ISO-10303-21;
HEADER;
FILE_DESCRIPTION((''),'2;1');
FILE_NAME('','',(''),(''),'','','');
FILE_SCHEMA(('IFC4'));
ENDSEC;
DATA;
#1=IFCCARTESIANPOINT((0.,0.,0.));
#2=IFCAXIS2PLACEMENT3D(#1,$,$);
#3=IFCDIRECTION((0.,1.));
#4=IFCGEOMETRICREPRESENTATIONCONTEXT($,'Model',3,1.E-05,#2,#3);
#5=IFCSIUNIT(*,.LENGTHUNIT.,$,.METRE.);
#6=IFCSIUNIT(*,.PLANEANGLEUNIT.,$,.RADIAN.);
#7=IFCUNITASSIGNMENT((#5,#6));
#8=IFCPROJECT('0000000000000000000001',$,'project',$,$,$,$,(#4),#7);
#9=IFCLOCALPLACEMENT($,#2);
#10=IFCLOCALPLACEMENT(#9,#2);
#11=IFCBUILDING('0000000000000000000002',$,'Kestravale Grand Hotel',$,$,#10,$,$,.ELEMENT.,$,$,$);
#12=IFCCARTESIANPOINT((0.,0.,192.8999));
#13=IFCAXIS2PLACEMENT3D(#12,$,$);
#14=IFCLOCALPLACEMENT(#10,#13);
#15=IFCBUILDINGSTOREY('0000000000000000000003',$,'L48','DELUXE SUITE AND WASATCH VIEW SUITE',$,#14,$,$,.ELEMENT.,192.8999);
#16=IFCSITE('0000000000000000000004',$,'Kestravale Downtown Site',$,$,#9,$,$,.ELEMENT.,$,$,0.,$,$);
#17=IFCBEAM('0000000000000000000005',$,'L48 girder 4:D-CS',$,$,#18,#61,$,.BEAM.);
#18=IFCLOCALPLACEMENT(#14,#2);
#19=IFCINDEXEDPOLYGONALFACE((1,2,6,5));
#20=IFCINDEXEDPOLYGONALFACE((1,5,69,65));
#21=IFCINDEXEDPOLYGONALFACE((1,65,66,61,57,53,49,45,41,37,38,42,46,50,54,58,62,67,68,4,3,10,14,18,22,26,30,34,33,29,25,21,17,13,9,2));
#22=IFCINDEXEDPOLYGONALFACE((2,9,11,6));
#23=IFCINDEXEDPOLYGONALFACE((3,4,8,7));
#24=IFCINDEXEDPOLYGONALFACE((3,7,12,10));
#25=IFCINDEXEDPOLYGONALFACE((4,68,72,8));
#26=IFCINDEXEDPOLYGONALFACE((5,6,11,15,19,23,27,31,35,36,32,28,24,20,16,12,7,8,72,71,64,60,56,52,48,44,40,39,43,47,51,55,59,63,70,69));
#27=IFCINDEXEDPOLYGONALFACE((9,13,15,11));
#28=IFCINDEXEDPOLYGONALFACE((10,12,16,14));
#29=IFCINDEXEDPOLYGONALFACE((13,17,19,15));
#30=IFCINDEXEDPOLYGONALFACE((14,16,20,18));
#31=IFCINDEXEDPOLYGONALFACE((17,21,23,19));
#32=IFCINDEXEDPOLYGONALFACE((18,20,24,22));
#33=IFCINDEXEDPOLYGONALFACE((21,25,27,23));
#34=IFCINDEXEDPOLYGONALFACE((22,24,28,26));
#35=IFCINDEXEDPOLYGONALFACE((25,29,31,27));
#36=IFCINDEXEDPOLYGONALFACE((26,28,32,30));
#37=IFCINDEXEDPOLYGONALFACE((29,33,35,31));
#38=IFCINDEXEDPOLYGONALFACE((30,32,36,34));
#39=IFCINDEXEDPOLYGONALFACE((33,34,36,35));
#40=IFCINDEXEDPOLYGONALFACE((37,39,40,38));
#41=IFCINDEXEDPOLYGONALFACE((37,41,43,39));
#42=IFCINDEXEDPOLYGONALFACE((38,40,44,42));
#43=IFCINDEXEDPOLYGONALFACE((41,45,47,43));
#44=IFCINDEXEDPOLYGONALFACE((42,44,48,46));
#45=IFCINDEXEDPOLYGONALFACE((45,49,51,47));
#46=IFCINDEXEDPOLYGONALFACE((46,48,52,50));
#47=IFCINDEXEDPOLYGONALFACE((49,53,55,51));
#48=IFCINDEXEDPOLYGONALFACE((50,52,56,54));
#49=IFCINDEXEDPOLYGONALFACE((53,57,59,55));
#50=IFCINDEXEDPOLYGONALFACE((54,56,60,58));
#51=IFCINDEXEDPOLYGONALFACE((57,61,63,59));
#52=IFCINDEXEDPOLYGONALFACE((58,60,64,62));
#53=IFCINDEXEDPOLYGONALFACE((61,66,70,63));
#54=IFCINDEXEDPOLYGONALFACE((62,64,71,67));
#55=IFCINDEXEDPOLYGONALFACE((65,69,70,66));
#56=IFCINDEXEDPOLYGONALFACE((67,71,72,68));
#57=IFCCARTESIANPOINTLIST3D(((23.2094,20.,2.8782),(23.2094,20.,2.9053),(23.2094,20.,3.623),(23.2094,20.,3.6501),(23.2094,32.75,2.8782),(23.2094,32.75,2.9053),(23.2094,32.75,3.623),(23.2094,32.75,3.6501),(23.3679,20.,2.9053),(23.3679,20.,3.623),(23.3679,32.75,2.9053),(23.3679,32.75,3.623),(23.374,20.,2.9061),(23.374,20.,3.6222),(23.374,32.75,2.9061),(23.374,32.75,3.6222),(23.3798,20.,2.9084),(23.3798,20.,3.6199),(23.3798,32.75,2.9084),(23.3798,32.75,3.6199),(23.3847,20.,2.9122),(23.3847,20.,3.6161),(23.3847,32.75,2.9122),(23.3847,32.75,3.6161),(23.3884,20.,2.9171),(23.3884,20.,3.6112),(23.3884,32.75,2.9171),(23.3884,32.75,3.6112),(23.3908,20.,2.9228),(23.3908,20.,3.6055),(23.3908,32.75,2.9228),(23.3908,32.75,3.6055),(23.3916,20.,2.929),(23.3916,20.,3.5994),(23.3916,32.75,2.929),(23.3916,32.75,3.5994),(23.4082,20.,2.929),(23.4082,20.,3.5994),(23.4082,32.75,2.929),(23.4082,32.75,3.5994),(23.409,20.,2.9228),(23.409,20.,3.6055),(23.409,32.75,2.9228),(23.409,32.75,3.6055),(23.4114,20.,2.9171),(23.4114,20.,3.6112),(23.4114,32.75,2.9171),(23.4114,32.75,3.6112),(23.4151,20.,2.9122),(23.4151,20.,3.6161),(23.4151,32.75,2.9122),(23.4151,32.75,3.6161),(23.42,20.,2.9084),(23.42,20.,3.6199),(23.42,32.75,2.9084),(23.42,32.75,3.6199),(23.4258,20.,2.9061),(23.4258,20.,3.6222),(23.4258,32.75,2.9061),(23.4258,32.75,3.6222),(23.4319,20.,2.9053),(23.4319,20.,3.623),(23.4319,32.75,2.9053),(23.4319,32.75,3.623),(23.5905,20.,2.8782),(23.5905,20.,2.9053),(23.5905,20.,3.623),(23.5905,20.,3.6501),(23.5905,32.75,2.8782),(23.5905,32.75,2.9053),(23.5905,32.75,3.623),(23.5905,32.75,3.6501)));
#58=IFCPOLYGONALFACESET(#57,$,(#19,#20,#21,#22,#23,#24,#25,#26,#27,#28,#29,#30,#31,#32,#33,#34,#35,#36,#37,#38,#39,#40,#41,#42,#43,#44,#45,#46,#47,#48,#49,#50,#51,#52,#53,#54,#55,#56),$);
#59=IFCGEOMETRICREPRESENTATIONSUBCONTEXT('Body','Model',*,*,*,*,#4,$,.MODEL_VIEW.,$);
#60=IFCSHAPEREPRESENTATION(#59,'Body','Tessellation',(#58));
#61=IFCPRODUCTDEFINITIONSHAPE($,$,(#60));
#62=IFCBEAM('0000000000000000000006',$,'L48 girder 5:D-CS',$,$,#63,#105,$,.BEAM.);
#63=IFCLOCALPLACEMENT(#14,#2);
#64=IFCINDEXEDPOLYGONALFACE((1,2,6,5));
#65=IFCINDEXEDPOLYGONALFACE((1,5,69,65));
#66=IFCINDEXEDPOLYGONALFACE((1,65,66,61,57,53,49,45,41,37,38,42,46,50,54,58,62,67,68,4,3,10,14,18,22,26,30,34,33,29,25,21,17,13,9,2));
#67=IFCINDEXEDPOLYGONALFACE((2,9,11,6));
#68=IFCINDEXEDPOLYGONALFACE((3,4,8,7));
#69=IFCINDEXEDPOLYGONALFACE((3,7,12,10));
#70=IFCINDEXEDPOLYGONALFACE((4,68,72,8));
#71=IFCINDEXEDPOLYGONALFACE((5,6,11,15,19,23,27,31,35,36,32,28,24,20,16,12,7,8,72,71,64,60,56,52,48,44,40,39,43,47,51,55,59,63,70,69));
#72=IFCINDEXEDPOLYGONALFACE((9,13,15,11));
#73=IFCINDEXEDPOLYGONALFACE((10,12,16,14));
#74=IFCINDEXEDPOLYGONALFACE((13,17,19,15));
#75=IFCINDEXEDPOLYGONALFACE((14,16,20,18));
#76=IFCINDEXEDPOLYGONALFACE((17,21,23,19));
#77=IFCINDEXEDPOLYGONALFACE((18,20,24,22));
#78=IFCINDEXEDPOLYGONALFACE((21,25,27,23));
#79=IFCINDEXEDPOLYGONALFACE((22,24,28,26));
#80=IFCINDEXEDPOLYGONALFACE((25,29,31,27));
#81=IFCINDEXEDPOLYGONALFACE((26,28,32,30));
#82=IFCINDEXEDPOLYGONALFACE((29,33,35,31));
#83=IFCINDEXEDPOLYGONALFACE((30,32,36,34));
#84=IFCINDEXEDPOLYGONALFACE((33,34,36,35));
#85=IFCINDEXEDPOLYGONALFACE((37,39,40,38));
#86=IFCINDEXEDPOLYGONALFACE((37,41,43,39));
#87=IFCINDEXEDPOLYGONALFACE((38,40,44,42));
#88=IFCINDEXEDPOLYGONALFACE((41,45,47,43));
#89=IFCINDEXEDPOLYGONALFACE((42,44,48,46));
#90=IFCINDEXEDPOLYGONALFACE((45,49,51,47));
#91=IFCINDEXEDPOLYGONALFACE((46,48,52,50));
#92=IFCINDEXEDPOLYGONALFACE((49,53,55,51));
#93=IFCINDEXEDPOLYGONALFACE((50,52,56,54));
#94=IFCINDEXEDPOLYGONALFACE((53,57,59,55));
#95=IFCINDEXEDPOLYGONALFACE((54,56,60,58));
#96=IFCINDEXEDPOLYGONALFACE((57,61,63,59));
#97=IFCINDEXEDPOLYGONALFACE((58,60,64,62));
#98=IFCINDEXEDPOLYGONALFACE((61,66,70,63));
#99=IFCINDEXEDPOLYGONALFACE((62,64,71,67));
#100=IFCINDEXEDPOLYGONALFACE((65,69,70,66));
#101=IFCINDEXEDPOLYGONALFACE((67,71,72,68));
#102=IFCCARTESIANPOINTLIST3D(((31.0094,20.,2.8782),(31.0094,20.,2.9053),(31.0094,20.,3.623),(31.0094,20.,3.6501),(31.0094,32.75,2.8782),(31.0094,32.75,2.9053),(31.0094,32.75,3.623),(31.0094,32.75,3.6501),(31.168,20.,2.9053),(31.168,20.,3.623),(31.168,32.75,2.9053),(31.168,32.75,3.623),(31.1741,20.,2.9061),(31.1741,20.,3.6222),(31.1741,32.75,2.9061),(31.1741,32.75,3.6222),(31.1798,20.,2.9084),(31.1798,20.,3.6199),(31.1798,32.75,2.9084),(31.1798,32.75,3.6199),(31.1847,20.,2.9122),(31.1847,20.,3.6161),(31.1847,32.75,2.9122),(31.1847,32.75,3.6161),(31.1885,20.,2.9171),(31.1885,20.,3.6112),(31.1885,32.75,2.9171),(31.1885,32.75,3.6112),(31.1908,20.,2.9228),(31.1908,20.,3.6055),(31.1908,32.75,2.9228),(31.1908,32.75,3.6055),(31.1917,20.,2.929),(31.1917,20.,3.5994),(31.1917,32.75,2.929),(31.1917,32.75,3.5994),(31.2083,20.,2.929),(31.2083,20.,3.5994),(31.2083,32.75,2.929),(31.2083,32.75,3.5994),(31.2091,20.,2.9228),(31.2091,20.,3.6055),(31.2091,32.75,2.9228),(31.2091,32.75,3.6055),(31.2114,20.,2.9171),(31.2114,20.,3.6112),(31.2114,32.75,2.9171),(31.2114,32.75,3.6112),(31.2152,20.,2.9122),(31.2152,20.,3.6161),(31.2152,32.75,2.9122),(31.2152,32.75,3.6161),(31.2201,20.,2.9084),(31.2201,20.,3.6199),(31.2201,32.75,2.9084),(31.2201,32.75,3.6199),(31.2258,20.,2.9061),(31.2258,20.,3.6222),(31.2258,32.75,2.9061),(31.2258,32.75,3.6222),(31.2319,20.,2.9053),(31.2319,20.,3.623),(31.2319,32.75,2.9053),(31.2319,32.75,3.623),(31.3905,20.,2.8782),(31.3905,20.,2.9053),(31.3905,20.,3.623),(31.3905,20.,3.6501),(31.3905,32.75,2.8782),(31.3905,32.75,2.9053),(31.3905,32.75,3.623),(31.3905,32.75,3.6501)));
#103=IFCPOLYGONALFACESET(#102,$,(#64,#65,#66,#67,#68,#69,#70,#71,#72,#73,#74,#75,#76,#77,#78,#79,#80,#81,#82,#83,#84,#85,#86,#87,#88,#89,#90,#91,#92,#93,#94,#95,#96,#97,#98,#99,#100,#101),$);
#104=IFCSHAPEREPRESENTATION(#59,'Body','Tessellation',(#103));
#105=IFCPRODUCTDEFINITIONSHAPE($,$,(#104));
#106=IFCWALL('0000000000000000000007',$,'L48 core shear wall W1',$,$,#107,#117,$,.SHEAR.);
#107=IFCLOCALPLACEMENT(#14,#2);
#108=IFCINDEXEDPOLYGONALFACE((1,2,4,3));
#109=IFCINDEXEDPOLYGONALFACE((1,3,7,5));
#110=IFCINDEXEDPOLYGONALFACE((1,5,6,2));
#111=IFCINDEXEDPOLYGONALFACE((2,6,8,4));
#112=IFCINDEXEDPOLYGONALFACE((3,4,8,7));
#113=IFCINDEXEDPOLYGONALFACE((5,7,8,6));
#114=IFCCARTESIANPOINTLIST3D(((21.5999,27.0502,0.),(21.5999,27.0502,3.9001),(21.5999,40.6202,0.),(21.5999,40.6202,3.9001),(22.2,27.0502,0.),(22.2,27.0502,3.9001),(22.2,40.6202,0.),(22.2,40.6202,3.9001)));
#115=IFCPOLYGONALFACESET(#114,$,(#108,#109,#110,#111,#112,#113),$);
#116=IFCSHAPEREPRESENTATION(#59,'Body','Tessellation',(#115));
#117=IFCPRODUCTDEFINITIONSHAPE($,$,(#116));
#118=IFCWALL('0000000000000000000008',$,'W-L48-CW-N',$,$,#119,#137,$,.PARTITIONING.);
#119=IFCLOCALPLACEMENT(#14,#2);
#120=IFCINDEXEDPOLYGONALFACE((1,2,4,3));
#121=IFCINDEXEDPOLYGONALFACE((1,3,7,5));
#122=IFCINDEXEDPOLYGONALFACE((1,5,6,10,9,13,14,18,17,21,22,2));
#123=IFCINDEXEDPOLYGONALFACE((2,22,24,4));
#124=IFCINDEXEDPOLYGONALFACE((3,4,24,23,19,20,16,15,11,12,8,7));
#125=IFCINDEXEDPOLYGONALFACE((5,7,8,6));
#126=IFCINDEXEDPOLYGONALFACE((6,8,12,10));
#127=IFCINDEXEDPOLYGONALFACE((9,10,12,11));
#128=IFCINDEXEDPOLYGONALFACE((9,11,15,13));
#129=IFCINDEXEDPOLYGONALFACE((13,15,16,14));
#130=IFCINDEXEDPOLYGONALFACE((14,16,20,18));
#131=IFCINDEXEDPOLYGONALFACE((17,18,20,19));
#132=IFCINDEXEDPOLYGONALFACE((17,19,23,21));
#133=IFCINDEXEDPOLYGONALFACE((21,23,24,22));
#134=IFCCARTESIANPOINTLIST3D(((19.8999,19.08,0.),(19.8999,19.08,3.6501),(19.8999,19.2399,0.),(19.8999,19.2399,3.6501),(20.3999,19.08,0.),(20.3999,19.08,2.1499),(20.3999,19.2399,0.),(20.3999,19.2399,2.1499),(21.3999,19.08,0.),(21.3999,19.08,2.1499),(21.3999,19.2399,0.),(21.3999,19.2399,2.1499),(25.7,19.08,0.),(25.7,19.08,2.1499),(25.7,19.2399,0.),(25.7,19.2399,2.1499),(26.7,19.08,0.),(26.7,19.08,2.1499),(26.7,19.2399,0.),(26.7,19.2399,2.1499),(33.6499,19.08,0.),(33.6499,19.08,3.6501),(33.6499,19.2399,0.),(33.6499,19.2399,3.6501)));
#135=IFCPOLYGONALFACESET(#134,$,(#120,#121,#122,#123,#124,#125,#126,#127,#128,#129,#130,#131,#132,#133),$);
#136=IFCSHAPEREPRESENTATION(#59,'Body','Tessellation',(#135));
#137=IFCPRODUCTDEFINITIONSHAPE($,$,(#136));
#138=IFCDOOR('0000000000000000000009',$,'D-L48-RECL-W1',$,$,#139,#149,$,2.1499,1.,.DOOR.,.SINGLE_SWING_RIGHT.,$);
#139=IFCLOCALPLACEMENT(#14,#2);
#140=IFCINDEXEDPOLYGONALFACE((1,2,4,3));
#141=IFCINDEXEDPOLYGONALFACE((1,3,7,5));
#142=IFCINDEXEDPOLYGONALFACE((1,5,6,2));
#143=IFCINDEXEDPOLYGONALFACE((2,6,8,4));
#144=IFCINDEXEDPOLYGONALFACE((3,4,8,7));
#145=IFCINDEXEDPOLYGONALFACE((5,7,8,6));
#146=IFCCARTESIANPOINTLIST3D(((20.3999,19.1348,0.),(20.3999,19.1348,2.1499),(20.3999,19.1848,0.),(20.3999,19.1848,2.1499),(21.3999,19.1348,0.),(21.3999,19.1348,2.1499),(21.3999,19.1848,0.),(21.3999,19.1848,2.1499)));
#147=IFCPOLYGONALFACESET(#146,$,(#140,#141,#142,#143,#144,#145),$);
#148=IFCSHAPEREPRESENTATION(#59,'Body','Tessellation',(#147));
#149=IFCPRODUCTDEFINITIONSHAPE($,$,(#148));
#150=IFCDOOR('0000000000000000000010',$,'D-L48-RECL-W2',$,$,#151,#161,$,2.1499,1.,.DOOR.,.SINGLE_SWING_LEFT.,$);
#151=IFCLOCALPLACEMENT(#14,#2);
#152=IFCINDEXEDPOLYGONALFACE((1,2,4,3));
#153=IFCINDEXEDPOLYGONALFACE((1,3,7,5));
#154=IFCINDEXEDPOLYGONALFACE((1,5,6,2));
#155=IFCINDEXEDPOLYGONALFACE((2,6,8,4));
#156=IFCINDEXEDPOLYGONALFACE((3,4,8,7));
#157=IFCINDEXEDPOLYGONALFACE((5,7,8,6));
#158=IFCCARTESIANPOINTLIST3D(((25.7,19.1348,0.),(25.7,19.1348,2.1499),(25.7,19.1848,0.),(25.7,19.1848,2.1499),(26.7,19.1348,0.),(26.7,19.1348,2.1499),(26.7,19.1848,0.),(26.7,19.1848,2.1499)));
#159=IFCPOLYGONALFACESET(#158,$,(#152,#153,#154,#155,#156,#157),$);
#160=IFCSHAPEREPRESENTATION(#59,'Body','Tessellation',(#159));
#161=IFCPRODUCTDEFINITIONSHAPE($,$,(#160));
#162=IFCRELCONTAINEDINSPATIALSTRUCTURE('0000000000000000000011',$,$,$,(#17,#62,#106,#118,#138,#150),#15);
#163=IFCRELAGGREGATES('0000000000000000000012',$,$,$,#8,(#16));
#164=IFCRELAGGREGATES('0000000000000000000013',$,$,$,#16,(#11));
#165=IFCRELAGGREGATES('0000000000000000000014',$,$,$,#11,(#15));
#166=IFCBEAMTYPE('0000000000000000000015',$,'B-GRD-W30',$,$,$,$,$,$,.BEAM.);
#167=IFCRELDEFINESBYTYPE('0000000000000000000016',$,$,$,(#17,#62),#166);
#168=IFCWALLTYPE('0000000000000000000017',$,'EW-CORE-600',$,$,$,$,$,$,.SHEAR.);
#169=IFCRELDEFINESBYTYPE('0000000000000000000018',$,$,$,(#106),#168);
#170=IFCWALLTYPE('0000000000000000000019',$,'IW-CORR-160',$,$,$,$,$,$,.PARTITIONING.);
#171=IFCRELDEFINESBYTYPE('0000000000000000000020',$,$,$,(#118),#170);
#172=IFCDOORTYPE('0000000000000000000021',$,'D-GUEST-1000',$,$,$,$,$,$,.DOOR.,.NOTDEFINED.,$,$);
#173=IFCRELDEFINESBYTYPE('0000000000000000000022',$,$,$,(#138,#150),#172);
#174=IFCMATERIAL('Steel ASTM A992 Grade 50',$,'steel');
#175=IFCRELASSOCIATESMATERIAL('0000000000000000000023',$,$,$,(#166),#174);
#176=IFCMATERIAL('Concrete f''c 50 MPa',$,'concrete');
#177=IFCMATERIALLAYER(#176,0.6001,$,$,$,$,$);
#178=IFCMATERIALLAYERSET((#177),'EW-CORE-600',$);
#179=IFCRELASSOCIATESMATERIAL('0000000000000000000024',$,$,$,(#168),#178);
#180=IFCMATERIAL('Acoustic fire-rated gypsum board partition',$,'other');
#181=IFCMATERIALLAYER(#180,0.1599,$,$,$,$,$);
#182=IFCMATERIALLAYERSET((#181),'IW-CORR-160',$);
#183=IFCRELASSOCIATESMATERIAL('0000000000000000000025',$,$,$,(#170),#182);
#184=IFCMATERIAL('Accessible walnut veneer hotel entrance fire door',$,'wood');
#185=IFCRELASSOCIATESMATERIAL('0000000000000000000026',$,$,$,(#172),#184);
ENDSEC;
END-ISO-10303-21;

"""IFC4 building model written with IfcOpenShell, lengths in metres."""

from ifc_helpers import new_model, si_unit, direction, frame, frame_2d, origin, origin_2d, place, context, subcontext, project, spatial, rectangle, i_section, extrude, material, layer, layer_set, material_profile, profile_set, type_object, element, fill, save


model = new_model("IFC4")

# Units and contexts
model_context = context("Model", 3, precision=1e-05, world=origin(), true_north=direction((0.0, 1.0)))
body_context = subcontext(model_context, "Body", "Model", "MODEL_VIEW")
ifc_project = project(units=[si_unit("LENGTHUNIT", "METRE"), si_unit("PLANEANGLEUNIT", "RADIAN")], contexts=[model_context])

# Site, building, storey
site_placement = place(None, origin())
site = spatial("IfcSite", under=ifc_project, at=site_placement, Name="Kestravale Downtown Site", CompositionType="ELEMENT", RefElevation=0.0)
building_placement = place(site_placement, origin())
building = spatial("IfcBuilding", under=site, at=building_placement, Name="Kestravale Grand Hotel", CompositionType="ELEMENT")
storey_placement = place(building_placement, frame((0.0, 0.0, 192.8999)))
storey = spatial("IfcBuildingStorey", under=building, at=storey_placement, Name="L48", Description="DELUXE SUITE AND WASATCH VIEW SUITE", CompositionType="ELEMENT", Elevation=192.8999)

# Beams
ifc_material_1 = material(Name="Steel ASTM A992 Grade 50", Category="steel")
ifc_material_profile_1 = material_profile(ifc_material_1, i_section(OverallWidth=0.3811, OverallDepth=0.772, WebThickness=0.0166, FlangeThickness=0.0271, FilletRadius=0.0237, at=origin_2d()))
ifc_profile_set_1 = profile_set([ifc_material_profile_1], Name="Steel ASTM A992 Grade 50")
beam_type = type_object("IfcBeamType", Name="B-GRD-W30", PredefinedType="BEAM", material=ifc_profile_set_1)
for number, where, z_axis, x_axis, name in (
    (1, (23.3999, 20.0, 3.2642), (0.0, 1.0, 0.0), (-1.0, 0.0, 0.0), "L48 girder 4:D-CS"),
    (2, (31.2, 20.0, 3.2642), (0.0, 1.0, 0.0), (-1.0, 0.0, 0.0), "L48 girder 5:D-CS"),
):
    element("IfcBeam", number, at=place(storey_placement, frame(where, z_axis=z_axis, x_axis=x_axis)), inside=storey, type_object=beam_type, Name=name, PredefinedType="BEAM", context=body_context, shape_type="SweptSolid", body=[
        extrude(i_section(OverallWidth=0.3811, OverallDepth=0.772, WebThickness=0.0166, FlangeThickness=0.0271, FilletRadius=0.0237, at=origin_2d()), origin(), (0.0, 0.0, 1.0), 12.75),
    ])

# Wall
ifc_material_2 = material(Name="Concrete f'c 50 MPa", Category="concrete")
ifc_layer_1 = layer(ifc_material_2, 0.6001)
ifc_layer_set_1 = layer_set([ifc_layer_1], Name="EW-CORE-600")
wall_type_1 = type_object("IfcWallType", Name="EW-CORE-600", PredefinedType="SHEAR", material=ifc_layer_set_1)
wall_1_placement = place(storey_placement, frame((21.8999, 27.05, 0.0), z_axis=(0.0, 0.0, 1.0), x_axis=(0.0, 1.0, 0.0)))
element("IfcWall", 3, at=wall_1_placement, inside=storey, type_object=wall_type_1, Name="L48 core shear wall W1", PredefinedType="SHEAR", context=body_context, shape_type="SweptSolid", body=[
    extrude(rectangle(XDim=13.5701, YDim=0.6001, at=frame_2d((6.7852, 0.0))), origin(), (0.0, 0.0, 1.0), 3.9001),
])

# Wall, openings, doors
ifc_material_3 = material(Name="Acoustic fire-rated gypsum board partition", Category="other")
ifc_layer_2 = layer(ifc_material_3, 0.1599)
ifc_layer_set_2 = layer_set([ifc_layer_2], Name="IW-CORR-160")
wall_type_2 = type_object("IfcWallType", Name="IW-CORR-160", PredefinedType="PARTITIONING", material=ifc_layer_set_2)
wall_2_placement = place(storey_placement, frame((19.8999, 19.1599, 0.0), z_axis=(0.0, 0.0, 1.0), x_axis=(1.0, 0.0, 0.0)))
wall_2 = element("IfcWall", 4, at=wall_2_placement, inside=storey, type_object=wall_type_2, Name="W-L48-CW-N", PredefinedType="PARTITIONING", context=body_context, shape_type="SweptSolid", body=[
    extrude(rectangle(XDim=13.75, YDim=0.1599, at=frame_2d((6.875, 0.0))), origin(), (0.0, 0.0, 1.0), 3.6501),
])
opening_1_placement = place(wall_2_placement, frame((0.5, 0.0, 0.0)))
opening_1 = element("IfcOpeningElement", 5, at=opening_1_placement, cuts=wall_2, PredefinedType="OPENING", context=body_context, shape_type="SweptSolid", body=[
    extrude(rectangle(XDim=1.0, YDim=2.1499, at=frame_2d((0.5, 1.075))), frame((0.0, 0.0898, 0.0), z_axis=(0.0, -1.0, 0.0), x_axis=(1.0, 0.0, 0.0)), (0.0, 0.0, 1.0), 0.1799),
])
opening_2_placement = place(wall_2_placement, frame((5.8, 0.0, 0.0)))
opening_2 = element("IfcOpeningElement", 6, at=opening_2_placement, cuts=wall_2, PredefinedType="OPENING", context=body_context, shape_type="SweptSolid", body=[
    extrude(rectangle(XDim=1.0, YDim=2.1499, at=frame_2d((0.5, 1.075))), frame((0.0, 0.0898, 0.0), z_axis=(0.0, -1.0, 0.0), x_axis=(1.0, 0.0, 0.0)), (0.0, 0.0, 1.0), 0.1799),
])
ifc_material_4 = material(Name="Accessible walnut veneer hotel entrance fire door", Category="wood")
door_type_1 = type_object("IfcDoorType", Name="D-GUEST-1000", OperationType="NOTDEFINED", PredefinedType="DOOR", material=ifc_material_4)
door_1_placement = place(opening_1_placement, origin())
door_1 = element("IfcDoor", 7, at=door_1_placement, inside=storey, type_object=door_type_1, Name="D-L48-RECL-W1", OperationType="SINGLE_SWING_RIGHT", OverallHeight=2.1499, OverallWidth=1.0, PredefinedType="DOOR", context=body_context, shape_type="SweptSolid", body=[
    extrude(rectangle(XDim=1.0, YDim=2.1499, at=frame_2d((0.5, 1.075))), frame((0.0, 0.0249, 0.0), z_axis=(0.0, -1.0, 0.0), x_axis=(1.0, 0.0, 0.0)), (0.0, 0.0, 1.0), 0.05),
])
fill(opening_1, door_1)
door_2_placement = place(opening_2_placement, origin())
door_2 = element("IfcDoor", 8, at=door_2_placement, inside=storey, type_object=door_type_1, Name="D-L48-RECL-W2", OperationType="SINGLE_SWING_LEFT", OverallHeight=2.1499, OverallWidth=1.0, PredefinedType="DOOR", context=body_context, shape_type="SweptSolid", body=[
    extrude(rectangle(XDim=1.0, YDim=2.1499, at=frame_2d((0.5, 1.075))), frame((0.0, 0.0249, 0.0), z_axis=(0.0, -1.0, 0.0), x_axis=(1.0, 0.0, 0.0)), (0.0, 0.0, 1.0), 0.05),
])
fill(opening_2, door_2)

save(model, "model.ifc")
